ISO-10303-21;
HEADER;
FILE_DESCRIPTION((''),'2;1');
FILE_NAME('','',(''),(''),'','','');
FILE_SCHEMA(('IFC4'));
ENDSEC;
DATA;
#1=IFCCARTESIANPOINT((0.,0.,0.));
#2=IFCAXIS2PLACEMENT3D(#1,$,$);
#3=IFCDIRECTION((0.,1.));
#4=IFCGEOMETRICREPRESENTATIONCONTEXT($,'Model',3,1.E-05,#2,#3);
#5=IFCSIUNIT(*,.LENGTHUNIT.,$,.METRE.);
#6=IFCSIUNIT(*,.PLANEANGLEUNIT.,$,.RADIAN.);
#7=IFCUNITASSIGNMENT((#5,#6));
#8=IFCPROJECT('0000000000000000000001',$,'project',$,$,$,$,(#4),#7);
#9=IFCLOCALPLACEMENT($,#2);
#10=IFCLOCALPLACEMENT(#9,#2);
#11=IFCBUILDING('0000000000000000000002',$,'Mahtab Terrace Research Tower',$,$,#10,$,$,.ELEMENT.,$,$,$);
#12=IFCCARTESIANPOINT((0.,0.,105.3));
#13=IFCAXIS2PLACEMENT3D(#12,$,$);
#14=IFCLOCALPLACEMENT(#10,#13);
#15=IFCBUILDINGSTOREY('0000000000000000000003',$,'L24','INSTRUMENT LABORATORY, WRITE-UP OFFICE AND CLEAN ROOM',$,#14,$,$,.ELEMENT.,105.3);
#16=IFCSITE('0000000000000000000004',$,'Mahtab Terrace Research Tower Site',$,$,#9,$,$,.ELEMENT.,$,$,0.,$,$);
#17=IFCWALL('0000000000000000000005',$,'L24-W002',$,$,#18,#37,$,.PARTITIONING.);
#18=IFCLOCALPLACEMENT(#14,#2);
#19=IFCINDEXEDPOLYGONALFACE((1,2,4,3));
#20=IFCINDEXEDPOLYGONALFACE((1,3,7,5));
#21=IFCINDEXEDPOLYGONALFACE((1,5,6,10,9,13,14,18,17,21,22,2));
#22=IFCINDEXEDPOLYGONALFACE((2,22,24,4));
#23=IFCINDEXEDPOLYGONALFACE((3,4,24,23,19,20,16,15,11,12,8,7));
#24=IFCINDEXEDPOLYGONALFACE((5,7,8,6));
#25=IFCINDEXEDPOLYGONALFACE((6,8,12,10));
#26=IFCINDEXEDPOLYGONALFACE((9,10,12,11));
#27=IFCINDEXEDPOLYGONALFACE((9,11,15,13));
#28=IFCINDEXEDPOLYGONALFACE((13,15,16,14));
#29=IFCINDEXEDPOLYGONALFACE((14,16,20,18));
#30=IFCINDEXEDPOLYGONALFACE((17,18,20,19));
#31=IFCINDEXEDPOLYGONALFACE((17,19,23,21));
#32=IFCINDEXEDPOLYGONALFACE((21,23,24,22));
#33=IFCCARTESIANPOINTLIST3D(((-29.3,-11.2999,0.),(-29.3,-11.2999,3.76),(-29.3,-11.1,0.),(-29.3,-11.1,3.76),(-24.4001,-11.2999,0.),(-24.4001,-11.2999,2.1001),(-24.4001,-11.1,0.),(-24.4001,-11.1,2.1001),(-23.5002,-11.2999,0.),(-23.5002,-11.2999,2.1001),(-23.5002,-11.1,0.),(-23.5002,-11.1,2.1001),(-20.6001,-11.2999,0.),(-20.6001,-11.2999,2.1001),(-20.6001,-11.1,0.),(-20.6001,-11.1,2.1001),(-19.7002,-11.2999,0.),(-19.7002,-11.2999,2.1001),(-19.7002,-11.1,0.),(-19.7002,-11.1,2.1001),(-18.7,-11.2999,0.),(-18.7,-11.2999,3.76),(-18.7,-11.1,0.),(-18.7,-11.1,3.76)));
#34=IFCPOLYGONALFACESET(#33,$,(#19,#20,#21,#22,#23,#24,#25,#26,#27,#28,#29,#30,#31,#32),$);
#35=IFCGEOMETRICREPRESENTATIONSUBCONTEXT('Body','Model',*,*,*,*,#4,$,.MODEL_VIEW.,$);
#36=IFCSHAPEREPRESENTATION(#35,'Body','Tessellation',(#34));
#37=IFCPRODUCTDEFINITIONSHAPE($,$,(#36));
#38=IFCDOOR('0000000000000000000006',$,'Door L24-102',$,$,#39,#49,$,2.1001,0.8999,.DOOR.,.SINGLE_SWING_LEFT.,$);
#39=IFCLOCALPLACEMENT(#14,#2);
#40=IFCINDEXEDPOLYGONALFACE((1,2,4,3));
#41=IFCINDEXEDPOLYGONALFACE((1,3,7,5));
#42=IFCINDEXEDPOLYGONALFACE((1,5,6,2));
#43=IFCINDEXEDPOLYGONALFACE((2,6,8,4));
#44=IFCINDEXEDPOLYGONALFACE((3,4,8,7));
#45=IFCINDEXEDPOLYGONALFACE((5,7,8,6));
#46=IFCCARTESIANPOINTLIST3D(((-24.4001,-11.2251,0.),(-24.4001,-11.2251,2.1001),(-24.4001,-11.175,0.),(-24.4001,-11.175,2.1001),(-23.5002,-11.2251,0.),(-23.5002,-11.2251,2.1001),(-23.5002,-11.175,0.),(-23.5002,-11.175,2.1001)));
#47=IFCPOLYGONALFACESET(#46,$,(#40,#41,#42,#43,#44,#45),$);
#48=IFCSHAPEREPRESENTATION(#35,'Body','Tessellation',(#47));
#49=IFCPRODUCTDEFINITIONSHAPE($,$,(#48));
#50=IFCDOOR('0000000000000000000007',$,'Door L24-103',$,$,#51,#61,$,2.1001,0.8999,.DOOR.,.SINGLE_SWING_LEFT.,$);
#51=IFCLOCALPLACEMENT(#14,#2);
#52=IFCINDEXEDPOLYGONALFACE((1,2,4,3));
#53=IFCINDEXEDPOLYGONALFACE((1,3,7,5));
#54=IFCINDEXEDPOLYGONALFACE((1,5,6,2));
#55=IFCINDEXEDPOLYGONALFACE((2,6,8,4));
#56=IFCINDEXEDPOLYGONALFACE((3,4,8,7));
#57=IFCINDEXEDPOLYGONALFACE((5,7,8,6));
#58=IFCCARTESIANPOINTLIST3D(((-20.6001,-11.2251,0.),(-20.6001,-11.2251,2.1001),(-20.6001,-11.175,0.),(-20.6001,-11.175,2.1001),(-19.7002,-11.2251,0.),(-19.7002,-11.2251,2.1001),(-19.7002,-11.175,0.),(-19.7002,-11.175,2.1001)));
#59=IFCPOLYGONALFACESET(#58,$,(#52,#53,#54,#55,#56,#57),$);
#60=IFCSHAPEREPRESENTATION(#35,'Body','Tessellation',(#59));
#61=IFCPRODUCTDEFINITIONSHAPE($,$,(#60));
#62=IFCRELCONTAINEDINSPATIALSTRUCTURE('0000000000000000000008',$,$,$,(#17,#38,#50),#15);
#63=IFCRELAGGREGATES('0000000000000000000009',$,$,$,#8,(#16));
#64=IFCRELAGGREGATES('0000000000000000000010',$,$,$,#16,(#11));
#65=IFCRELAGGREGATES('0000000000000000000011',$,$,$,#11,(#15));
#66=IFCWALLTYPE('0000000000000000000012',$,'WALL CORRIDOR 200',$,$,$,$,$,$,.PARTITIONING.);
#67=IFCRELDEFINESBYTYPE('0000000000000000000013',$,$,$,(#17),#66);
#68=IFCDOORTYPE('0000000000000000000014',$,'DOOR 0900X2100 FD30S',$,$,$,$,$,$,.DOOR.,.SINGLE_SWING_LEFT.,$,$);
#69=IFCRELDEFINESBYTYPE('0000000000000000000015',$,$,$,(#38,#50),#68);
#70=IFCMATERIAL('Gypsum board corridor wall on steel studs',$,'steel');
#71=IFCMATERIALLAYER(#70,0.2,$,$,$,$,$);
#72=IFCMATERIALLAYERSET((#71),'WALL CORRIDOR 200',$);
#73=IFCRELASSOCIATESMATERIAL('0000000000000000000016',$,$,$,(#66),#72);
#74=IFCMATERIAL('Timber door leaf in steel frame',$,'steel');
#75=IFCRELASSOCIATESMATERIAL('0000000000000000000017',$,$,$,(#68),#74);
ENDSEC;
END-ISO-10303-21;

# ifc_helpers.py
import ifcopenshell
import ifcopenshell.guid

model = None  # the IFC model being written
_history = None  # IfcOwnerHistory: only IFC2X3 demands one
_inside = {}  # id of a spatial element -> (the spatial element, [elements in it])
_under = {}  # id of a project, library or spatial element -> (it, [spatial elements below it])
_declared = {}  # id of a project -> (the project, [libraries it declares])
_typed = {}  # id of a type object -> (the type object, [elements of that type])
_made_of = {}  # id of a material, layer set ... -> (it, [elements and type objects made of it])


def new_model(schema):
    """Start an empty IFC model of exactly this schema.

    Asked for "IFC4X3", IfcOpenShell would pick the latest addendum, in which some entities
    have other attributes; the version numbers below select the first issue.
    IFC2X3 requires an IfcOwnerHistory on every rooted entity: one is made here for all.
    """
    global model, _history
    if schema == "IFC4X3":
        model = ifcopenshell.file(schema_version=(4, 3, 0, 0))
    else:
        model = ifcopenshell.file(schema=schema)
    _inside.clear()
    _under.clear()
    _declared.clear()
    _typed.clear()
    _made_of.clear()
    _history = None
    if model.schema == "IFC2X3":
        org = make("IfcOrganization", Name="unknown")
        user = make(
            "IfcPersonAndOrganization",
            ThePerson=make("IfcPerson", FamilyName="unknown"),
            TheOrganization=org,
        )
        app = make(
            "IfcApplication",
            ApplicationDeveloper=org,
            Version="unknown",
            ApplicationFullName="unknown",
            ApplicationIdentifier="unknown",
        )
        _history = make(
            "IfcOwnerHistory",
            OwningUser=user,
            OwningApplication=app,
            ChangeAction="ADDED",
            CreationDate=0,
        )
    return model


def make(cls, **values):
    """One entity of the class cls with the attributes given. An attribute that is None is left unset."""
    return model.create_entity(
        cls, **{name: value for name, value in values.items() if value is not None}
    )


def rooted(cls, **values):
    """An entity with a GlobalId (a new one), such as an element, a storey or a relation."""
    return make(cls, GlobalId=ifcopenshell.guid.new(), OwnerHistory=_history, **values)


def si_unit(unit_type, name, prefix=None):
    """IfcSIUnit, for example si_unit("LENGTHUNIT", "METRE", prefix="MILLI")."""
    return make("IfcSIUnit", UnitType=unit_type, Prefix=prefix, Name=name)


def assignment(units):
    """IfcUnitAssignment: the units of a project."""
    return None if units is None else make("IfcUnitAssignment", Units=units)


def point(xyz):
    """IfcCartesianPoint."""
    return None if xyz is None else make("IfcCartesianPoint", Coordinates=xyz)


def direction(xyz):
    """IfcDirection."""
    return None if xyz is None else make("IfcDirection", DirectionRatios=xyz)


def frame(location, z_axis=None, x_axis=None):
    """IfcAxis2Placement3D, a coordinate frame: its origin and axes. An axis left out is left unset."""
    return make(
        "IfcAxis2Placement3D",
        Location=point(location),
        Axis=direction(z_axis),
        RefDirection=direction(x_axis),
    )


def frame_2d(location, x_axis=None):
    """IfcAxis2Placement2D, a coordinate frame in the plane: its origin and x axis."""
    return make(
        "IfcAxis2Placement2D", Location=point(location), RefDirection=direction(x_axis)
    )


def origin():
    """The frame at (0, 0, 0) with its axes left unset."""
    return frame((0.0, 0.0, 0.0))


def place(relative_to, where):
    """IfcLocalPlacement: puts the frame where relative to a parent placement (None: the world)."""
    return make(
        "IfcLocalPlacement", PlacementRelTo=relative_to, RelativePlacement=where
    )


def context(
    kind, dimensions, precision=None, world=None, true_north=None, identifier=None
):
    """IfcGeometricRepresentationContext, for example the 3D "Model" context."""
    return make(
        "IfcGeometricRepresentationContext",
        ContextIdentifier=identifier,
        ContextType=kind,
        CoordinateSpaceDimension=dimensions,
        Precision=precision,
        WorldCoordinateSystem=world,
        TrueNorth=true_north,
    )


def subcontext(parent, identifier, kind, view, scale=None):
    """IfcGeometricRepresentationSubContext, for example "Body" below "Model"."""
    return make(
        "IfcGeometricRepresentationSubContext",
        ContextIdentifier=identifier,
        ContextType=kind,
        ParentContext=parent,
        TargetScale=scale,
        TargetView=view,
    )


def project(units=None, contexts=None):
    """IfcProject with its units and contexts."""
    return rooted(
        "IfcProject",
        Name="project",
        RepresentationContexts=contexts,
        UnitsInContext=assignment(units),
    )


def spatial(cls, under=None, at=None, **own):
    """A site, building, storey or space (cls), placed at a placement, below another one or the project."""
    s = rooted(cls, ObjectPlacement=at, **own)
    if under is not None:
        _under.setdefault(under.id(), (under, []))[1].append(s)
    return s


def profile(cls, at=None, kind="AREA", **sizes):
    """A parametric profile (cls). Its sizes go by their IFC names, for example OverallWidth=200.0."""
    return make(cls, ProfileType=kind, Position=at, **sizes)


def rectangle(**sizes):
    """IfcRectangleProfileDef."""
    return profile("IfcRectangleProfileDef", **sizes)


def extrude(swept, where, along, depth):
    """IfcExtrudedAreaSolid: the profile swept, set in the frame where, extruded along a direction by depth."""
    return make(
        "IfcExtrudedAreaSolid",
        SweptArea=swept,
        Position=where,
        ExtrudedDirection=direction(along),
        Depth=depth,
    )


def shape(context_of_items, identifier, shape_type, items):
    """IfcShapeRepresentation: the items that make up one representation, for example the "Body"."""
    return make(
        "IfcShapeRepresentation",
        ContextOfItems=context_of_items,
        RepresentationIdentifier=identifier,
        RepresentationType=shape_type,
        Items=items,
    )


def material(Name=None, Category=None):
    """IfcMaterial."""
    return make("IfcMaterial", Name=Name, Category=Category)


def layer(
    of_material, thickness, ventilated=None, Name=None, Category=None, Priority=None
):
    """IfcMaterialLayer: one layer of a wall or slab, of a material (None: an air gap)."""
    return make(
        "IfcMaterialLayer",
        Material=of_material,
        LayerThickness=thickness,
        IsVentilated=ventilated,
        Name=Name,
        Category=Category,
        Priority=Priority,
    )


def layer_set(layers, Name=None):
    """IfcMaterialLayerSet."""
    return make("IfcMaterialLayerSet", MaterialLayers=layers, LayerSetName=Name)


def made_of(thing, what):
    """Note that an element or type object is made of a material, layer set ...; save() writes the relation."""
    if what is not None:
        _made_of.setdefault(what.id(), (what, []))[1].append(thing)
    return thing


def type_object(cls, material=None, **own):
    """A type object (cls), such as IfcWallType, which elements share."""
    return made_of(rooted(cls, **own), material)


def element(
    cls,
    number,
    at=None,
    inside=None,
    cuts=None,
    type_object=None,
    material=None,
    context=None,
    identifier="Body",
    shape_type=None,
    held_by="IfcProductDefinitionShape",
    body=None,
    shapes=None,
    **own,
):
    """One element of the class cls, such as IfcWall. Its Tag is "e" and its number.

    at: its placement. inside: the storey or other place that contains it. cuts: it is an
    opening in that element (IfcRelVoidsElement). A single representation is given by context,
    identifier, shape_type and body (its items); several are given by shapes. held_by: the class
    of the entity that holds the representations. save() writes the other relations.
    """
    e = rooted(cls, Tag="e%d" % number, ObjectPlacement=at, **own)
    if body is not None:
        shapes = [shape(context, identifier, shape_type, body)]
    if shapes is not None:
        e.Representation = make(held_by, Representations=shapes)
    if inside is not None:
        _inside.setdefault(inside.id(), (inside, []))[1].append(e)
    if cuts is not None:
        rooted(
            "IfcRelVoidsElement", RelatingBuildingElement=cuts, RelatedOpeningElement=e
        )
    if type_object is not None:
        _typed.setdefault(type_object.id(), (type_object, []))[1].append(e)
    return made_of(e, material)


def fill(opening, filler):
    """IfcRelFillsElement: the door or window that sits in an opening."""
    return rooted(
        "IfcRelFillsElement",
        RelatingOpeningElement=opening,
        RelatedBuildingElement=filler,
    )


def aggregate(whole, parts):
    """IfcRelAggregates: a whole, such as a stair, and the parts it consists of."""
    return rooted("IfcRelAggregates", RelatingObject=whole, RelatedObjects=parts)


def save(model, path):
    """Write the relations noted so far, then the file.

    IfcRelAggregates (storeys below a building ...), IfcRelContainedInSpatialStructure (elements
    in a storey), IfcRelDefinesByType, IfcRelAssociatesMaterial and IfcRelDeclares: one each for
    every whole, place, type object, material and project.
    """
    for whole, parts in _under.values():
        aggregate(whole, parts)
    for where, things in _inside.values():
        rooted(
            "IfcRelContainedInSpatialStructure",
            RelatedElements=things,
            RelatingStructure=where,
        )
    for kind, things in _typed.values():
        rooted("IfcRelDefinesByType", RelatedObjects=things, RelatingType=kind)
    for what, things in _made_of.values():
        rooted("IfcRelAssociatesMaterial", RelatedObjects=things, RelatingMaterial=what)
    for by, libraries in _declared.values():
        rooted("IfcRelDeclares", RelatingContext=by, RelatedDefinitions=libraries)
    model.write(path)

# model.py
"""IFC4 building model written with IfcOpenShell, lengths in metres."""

from ifc_helpers import new_model, si_unit, direction, frame, frame_2d, origin, place, context, subcontext, project, spatial, rectangle, extrude, material, layer, layer_set, type_object, element, fill, save


model = new_model("IFC4")

# Units and contexts
model_context = context("Model", 3, precision=1e-05, world=origin(), true_north=direction((0.0, 1.0)))
body_context = subcontext(model_context, "Body", "Model", "MODEL_VIEW")
ifc_project = project(units=[si_unit("LENGTHUNIT", "METRE"), si_unit("PLANEANGLEUNIT", "RADIAN")], contexts=[model_context])

# Site, building, storey
site_placement = place(None, origin())
site = spatial("IfcSite", under=ifc_project, at=site_placement, Name="Mahtab Terrace Research Tower Site", CompositionType="ELEMENT", RefElevation=0.0)
building_placement = place(site_placement, origin())
building = spatial("IfcBuilding", under=site, at=building_placement, Name="Mahtab Terrace Research Tower", CompositionType="ELEMENT")
storey_placement = place(building_placement, frame((0.0, 0.0, 105.3)))
storey = spatial("IfcBuildingStorey", under=building, at=storey_placement, Name="L24", Description="INSTRUMENT LABORATORY, WRITE-UP OFFICE AND CLEAN ROOM", CompositionType="ELEMENT", Elevation=105.3)

# Wall, openings, doors
ifc_material_1 = material(Name="Gypsum board corridor wall on steel studs", Category="steel")
ifc_layer_1 = layer(ifc_material_1, 0.2)
ifc_layer_set_1 = layer_set([ifc_layer_1], Name="WALL CORRIDOR 200")
wall_type_1 = type_object("IfcWallType", Name="WALL CORRIDOR 200", PredefinedType="PARTITIONING", material=ifc_layer_set_1)
wall_1_placement = place(storey_placement, frame((-29.3, -11.2, 0.0), z_axis=(0.0, 0.0, 1.0), x_axis=(1.0, 0.0, 0.0)))
wall_1 = element("IfcWall", 1, at=wall_1_placement, inside=storey, type_object=wall_type_1, Name="L24-W002", PredefinedType="PARTITIONING", context=body_context, shape_type="SweptSolid", body=[
    extrude(rectangle(XDim=10.6001, YDim=0.2, at=frame_2d((5.3, 0.0))), origin(), (0.0, 0.0, 1.0), 3.76),
])
opening_1_placement = place(wall_1_placement, frame((4.8999, 0.0, 0.0)))
opening_1 = element("IfcOpeningElement", 2, at=opening_1_placement, cuts=wall_1, PredefinedType="OPENING", context=body_context, shape_type="SweptSolid", body=[
    extrude(rectangle(XDim=0.8999, YDim=2.1001, at=frame_2d((0.45, 1.05))), frame((0.0, 0.1099, 0.0), z_axis=(0.0, -1.0, 0.0), x_axis=(1.0, 0.0, 0.0)), (0.0, 0.0, 1.0), 0.22),
])
opening_2_placement = place(wall_1_placement, frame((8.7, 0.0, 0.0)))
opening_2 = element("IfcOpeningElement", 3, at=opening_2_placement, cuts=wall_1, PredefinedType="OPENING", context=body_context, shape_type="SweptSolid", body=[
    extrude(rectangle(XDim=0.8999, YDim=2.1001, at=frame_2d((0.45, 1.05))), frame((0.0, 0.1099, 0.0), z_axis=(0.0, -1.0, 0.0), x_axis=(1.0, 0.0, 0.0)), (0.0, 0.0, 1.0), 0.22),
])
ifc_material_2 = material(Name="Timber door leaf in steel frame", Category="steel")
door_type_1 = type_object("IfcDoorType", Name="DOOR 0900X2100 FD30S", OperationType="SINGLE_SWING_LEFT", PredefinedType="DOOR", material=ifc_material_2)
door_1_placement = place(opening_1_placement, origin())
door_1 = element("IfcDoor", 4, at=door_1_placement, inside=storey, type_object=door_type_1, Name="Door L24-102", OperationType="SINGLE_SWING_LEFT", OverallHeight=2.1001, OverallWidth=0.8999, PredefinedType="DOOR", context=body_context, shape_type="SweptSolid", body=[
    extrude(rectangle(XDim=0.8999, YDim=2.1001, at=frame_2d((0.45, 1.05))), frame((0.0, 0.0249, 0.0), z_axis=(0.0, -1.0, 0.0), x_axis=(1.0, 0.0, 0.0)), (0.0, 0.0, 1.0), 0.05),
])
fill(opening_1, door_1)
door_2_placement = place(opening_2_placement, origin())
door_2 = element("IfcDoor", 5, at=door_2_placement, inside=storey, type_object=door_type_1, Name="Door L24-103", OperationType="SINGLE_SWING_LEFT", OverallHeight=2.1001, OverallWidth=0.8999, PredefinedType="DOOR", context=body_context, shape_type="SweptSolid", body=[
    extrude(rectangle(XDim=0.8999, YDim=2.1001, at=frame_2d((0.45, 1.05))), frame((0.0, 0.0249, 0.0), z_axis=(0.0, -1.0, 0.0), x_axis=(1.0, 0.0, 0.0)), (0.0, 0.0, 1.0), 0.05),
])
fill(opening_2, door_2)

save(model, "model.ifc")
